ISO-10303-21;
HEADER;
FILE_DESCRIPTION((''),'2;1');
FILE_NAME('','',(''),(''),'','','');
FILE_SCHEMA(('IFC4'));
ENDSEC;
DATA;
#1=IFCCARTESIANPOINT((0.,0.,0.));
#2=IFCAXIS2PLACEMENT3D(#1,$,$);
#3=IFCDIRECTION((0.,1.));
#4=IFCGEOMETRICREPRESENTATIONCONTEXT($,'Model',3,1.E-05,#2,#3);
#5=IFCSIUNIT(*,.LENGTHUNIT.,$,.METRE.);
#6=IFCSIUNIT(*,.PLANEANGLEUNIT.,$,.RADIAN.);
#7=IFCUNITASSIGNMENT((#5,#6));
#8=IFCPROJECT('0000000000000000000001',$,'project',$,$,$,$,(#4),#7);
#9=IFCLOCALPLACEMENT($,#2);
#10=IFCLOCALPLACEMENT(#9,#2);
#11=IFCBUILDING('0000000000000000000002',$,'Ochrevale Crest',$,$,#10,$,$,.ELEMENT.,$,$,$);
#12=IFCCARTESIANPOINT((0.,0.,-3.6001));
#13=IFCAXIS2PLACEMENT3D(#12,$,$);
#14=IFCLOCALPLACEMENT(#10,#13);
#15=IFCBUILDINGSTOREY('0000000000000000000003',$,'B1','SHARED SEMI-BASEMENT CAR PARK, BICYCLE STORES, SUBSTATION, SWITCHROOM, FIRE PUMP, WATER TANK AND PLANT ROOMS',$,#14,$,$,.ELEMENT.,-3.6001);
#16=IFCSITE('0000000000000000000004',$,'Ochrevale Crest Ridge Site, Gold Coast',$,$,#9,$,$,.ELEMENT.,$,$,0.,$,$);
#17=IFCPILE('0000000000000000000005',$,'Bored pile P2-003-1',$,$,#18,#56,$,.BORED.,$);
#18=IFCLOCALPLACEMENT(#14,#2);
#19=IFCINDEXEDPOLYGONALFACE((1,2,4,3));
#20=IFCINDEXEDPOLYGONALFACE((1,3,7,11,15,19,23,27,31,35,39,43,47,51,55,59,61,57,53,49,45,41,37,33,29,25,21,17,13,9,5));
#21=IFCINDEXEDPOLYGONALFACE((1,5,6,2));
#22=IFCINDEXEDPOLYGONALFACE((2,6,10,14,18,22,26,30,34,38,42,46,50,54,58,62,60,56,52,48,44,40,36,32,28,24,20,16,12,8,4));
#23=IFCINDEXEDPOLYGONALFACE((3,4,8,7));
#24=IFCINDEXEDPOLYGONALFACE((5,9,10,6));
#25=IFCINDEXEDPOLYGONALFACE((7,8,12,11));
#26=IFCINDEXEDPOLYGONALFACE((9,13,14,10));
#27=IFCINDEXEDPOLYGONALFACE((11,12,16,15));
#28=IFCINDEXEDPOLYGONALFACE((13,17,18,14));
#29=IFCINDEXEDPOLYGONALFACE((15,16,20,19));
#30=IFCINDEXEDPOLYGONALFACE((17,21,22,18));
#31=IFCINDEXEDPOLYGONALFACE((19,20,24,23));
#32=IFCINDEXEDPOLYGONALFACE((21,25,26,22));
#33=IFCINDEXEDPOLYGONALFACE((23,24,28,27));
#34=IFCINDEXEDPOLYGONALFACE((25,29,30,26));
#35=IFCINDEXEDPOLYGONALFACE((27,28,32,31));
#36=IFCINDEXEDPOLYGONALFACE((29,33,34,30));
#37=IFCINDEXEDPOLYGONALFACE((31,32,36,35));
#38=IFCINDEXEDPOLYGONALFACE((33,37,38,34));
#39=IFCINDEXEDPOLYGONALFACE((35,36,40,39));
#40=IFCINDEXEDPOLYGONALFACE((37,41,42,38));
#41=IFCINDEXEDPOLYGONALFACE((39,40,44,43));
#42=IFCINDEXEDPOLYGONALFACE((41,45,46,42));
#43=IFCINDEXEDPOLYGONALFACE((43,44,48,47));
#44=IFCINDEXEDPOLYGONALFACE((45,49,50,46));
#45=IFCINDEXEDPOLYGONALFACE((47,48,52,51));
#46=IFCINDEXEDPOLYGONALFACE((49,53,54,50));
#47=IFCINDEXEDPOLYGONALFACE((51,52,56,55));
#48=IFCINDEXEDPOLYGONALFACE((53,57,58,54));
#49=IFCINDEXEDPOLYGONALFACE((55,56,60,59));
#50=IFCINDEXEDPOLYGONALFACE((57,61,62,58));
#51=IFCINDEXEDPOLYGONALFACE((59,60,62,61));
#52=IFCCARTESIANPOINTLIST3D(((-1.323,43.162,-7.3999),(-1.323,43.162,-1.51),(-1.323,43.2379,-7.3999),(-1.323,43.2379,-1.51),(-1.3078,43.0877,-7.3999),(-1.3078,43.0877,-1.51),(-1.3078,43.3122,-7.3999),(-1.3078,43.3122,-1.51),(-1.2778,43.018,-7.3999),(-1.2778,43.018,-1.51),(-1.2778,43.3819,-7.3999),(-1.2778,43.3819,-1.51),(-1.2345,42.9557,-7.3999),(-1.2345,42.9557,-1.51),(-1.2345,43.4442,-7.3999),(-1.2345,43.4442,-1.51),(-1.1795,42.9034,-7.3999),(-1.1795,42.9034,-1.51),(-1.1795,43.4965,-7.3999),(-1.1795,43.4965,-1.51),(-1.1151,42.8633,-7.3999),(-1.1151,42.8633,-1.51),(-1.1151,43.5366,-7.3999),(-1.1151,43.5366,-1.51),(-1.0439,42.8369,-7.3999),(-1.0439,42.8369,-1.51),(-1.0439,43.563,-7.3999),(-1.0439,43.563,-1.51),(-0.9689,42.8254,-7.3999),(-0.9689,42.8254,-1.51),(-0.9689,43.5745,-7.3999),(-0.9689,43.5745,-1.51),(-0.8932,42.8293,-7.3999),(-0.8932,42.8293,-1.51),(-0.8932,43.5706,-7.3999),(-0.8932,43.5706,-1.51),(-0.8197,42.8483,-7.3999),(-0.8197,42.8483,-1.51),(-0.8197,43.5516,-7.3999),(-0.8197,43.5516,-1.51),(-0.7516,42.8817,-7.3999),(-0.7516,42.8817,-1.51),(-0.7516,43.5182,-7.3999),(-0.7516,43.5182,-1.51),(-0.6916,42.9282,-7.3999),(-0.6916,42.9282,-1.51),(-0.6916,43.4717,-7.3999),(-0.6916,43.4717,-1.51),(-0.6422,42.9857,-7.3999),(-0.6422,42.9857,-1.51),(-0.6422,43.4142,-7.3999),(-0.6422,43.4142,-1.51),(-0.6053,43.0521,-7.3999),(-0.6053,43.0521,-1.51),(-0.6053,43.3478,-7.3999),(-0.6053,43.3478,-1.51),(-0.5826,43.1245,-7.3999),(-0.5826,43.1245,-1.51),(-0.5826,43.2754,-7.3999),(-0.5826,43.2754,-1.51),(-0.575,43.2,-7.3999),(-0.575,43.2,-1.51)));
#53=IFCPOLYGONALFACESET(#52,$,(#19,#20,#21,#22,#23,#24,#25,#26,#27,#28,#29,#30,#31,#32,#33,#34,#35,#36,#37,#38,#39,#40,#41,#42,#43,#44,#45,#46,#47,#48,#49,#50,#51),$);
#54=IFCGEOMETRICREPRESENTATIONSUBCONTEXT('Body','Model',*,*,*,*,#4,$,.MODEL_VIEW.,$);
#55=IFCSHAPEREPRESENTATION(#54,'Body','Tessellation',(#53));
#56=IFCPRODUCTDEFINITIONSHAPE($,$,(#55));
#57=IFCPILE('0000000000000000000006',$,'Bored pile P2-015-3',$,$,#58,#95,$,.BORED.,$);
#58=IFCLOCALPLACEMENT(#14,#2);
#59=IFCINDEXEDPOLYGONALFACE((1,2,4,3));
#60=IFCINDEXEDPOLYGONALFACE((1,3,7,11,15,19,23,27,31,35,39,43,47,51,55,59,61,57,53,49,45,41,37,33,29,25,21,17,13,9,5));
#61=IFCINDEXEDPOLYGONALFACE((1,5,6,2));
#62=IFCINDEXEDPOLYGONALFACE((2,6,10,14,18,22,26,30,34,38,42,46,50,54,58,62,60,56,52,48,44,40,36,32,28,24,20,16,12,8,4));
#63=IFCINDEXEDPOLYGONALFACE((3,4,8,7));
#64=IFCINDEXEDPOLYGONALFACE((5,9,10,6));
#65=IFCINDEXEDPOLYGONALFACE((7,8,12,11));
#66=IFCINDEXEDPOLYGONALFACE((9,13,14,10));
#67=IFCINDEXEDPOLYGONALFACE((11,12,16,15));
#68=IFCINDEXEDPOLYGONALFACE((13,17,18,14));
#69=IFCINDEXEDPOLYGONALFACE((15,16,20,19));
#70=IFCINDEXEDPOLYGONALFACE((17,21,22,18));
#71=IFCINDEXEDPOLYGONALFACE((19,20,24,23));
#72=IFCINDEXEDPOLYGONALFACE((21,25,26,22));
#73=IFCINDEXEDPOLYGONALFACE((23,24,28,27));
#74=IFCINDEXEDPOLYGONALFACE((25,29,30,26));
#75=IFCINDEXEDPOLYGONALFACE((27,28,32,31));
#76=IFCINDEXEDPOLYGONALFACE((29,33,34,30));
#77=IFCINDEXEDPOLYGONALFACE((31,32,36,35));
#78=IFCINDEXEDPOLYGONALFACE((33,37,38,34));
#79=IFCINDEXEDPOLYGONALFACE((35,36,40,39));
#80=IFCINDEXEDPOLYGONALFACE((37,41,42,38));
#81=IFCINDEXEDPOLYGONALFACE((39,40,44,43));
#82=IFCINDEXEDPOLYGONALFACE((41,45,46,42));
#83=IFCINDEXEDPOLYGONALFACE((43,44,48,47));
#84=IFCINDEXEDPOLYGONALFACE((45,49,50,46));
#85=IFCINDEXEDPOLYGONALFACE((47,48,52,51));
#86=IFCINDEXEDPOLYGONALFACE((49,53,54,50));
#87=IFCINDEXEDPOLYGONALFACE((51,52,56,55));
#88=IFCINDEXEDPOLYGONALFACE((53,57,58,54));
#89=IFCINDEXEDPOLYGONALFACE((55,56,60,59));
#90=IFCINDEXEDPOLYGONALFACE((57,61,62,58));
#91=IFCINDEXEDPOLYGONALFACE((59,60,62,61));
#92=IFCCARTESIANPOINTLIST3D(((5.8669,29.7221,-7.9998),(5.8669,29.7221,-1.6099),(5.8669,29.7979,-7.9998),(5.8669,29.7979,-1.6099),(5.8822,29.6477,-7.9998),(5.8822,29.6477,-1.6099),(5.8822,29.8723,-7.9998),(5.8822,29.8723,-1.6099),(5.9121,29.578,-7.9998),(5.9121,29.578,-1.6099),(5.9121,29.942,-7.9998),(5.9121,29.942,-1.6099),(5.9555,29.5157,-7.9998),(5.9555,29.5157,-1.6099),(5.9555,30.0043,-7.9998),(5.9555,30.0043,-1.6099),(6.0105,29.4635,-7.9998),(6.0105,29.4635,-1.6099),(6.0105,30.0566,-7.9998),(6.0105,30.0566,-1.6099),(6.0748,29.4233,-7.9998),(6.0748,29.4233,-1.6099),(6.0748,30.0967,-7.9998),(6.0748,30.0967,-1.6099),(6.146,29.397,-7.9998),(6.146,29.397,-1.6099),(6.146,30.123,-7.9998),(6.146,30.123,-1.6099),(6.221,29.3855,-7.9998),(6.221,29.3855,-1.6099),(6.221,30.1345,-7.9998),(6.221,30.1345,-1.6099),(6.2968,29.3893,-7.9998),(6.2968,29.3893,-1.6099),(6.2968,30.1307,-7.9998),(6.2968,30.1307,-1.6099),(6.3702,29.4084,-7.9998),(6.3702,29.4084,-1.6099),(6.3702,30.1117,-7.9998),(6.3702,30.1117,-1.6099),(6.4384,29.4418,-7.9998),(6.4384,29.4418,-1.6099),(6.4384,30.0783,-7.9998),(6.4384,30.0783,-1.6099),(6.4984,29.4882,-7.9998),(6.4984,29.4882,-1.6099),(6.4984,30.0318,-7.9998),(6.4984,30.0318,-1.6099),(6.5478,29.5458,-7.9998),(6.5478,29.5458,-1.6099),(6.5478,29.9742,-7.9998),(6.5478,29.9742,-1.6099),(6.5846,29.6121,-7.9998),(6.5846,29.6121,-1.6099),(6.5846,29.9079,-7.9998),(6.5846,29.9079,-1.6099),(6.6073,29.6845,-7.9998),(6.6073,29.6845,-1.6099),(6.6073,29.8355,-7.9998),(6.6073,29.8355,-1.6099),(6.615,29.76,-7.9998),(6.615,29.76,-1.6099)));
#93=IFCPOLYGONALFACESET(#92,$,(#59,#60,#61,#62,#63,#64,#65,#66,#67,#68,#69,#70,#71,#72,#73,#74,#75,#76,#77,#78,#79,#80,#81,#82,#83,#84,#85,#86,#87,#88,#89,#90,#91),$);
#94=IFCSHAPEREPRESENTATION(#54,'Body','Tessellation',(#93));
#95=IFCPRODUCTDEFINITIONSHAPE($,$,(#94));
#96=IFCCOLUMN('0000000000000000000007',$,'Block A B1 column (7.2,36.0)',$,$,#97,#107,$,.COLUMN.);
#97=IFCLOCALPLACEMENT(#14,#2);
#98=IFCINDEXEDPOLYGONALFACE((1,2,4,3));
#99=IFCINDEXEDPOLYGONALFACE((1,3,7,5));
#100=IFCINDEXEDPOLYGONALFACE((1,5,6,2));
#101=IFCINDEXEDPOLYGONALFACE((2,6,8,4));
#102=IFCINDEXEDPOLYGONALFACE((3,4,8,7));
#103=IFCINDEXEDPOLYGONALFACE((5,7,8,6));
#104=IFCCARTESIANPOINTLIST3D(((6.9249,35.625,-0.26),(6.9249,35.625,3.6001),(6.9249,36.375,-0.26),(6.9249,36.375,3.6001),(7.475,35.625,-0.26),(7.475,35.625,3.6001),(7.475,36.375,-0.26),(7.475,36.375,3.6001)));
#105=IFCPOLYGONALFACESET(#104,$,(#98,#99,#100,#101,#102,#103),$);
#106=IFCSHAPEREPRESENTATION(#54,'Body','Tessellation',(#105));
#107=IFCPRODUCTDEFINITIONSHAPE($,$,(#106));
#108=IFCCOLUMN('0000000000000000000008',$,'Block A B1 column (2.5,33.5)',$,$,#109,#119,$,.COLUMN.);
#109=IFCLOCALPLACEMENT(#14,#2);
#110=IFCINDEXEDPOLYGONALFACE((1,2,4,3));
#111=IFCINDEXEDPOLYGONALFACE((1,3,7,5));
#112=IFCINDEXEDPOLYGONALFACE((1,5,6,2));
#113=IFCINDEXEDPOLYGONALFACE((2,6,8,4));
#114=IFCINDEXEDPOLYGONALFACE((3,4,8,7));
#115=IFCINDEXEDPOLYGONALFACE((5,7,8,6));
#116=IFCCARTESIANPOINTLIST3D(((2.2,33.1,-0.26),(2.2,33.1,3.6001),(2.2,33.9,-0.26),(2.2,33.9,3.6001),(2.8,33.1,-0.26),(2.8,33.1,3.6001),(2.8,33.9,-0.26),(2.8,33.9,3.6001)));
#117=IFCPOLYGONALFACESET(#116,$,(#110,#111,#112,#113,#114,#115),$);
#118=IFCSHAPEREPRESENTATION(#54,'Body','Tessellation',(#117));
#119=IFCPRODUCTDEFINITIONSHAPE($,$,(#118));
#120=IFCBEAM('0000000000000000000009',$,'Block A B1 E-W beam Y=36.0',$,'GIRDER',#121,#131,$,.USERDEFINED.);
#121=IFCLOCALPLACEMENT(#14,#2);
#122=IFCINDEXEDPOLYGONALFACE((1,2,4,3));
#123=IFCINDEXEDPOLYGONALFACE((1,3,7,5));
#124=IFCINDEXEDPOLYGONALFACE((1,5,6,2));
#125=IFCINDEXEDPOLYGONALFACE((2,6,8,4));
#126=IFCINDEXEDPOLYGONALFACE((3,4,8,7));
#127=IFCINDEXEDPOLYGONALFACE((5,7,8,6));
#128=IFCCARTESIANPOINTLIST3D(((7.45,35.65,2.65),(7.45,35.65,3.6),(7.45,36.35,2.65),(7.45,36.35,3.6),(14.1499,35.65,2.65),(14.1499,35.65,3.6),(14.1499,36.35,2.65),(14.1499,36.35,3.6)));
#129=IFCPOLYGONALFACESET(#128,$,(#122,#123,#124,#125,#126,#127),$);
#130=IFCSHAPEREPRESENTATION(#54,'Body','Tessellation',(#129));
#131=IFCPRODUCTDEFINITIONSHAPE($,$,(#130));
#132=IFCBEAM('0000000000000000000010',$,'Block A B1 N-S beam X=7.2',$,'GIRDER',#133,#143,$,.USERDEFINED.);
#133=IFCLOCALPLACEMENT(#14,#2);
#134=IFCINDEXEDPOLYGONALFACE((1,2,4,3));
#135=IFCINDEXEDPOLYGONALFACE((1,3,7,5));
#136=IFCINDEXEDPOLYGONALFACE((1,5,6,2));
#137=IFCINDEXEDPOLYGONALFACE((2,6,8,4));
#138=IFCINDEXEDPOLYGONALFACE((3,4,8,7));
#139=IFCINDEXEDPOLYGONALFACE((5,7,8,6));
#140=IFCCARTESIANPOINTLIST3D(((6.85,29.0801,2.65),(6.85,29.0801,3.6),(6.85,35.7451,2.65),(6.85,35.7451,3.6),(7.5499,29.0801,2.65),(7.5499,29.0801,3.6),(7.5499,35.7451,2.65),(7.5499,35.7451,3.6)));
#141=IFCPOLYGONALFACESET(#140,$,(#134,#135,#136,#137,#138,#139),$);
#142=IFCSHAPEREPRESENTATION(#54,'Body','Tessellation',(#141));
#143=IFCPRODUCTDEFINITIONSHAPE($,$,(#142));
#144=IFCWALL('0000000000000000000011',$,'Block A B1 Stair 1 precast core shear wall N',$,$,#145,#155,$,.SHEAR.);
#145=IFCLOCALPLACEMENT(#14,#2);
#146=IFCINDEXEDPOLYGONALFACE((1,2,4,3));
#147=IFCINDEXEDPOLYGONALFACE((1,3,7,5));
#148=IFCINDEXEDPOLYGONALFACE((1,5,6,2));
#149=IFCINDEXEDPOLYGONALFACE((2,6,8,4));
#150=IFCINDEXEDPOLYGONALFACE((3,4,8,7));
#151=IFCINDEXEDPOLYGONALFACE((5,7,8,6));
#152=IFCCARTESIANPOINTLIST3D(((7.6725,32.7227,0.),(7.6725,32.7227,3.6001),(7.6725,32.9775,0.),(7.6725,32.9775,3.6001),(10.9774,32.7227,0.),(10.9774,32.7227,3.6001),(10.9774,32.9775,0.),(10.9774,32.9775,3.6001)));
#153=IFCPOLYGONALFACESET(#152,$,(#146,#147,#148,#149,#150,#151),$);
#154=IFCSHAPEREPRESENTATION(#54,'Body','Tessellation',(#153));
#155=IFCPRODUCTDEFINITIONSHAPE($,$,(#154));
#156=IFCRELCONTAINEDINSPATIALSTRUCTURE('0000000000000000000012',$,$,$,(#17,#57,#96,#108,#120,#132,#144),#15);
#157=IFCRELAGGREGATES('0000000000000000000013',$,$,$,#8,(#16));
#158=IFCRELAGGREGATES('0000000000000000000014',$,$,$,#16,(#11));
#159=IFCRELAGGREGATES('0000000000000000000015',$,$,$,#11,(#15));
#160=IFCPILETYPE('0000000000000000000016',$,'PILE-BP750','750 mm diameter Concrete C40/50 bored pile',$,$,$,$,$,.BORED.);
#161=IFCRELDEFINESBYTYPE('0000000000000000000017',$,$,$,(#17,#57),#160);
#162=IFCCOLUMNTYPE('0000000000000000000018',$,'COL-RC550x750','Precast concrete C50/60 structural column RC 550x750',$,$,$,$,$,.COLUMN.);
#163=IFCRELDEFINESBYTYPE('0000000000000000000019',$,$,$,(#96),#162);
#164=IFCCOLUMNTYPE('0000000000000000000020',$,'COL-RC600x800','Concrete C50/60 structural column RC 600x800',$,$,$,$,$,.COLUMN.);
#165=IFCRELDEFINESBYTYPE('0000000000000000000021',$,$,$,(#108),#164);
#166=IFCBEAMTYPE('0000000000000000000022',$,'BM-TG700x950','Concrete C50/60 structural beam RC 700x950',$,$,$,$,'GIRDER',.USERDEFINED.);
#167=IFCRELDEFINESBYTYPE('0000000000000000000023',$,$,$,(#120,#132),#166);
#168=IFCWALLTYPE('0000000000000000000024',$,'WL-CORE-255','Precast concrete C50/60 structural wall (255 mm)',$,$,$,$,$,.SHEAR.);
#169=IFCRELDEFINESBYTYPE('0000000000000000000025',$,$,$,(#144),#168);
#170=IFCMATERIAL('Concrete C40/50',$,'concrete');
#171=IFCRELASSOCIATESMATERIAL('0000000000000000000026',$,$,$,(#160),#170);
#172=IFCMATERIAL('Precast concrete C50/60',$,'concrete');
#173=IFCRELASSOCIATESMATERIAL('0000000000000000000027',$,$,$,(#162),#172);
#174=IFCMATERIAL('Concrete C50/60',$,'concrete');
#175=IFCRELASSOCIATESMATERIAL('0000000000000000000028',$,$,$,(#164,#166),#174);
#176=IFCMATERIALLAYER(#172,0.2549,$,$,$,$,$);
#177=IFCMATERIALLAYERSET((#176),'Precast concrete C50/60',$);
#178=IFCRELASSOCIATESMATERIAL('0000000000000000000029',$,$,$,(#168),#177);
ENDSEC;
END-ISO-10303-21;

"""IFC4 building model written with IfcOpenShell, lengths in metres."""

from ifc_helpers import new_model, si_unit, direction, frame, frame_2d, origin, origin_2d, place, context, subcontext, project, spatial, rectangle, circle, extrude, material, layer, layer_set, material_profile, profile_set, type_object, element, save


model = new_model("IFC4")

# Units and contexts
model_context = context("Model", 3, precision=1e-05, world=origin(), true_north=direction((0.0, 1.0)))
body_context = subcontext(model_context, "Body", "Model", "MODEL_VIEW")
ifc_project = project(units=[si_unit("LENGTHUNIT", "METRE"), si_unit("PLANEANGLEUNIT", "RADIAN")], contexts=[model_context])

# Site, building, storey
site_placement = place(None, origin())
site = spatial("IfcSite", under=ifc_project, at=site_placement, Name="Ochrevale Crest Ridge Site, Gold Coast", CompositionType="ELEMENT", RefElevation=0.0)
building_placement = place(site_placement, origin())
building = spatial("IfcBuilding", under=site, at=building_placement, Name="Ochrevale Crest", CompositionType="ELEMENT")
storey_placement = place(building_placement, frame((0.0, 0.0, -3.6001)))
storey = spatial("IfcBuildingStorey", under=building, at=storey_placement, Name="B1", Description="SHARED SEMI-BASEMENT CAR PARK, BICYCLE STORES, SUBSTATION, SWITCHROOM, FIRE PUMP, WATER TANK AND PLANT ROOMS", CompositionType="ELEMENT", Elevation=-3.6001)

# Shared definitions
ifc_material_1 = material(Name="Concrete C40/50", Category="concrete")

# Piles
ifc_material_profile_1 = material_profile(ifc_material_1, circle(Radius=0.375, at=origin_2d()), Name="BORED PILE 750")
ifc_profile_set_1 = profile_set([ifc_material_profile_1], Name="Concrete C40/50")
pile_type_1 = type_object("IfcPileType", Name="PILE-BP750", Description="750 mm diameter Concrete C40/50 bored pile", PredefinedType="BORED", material=ifc_profile_set_1)
pile_1_placement = place(storey_placement, frame((-0.95, 43.2, -1.51), z_axis=(0.0, 0.0, -1.0), x_axis=(1.0, 0.0, 0.0)))
element("IfcPile", 1, at=pile_1_placement, inside=storey, type_object=pile_type_1, Name="Bored pile P2-003-1", PredefinedType="BORED", context=body_context, shape_type="SweptSolid", body=[
    extrude(circle(Radius=0.375, at=origin_2d()), origin(), (0.0, 0.0, 1.0), 5.8899),
])
pile_2_placement = place(storey_placement, frame((6.24, 29.76, -1.6099), z_axis=(0.0, 0.0, -1.0), x_axis=(1.0, 0.0, 0.0)))
element("IfcPile", 2, at=pile_2_placement, inside=storey, type_object=pile_type_1, Name="Bored pile P2-015-3", PredefinedType="BORED", context=body_context, shape_type="SweptSolid", body=[
    extrude(circle(Radius=0.375, at=origin_2d()), origin(), (0.0, 0.0, 1.0), 6.3899),
])

# Columns
ifc_material_2 = material(Name="Precast concrete C50/60", Category="concrete")
ifc_material_profile_2 = material_profile(ifc_material_2, rectangle(XDim=0.55, YDim=0.75, at=origin_2d()), Name="RC 550x750")
ifc_profile_set_2 = profile_set([ifc_material_profile_2], Name="Precast concrete C50/60")
column_type_1 = type_object("IfcColumnType", Name="COL-RC550x750", Description="Precast concrete C50/60 structural column RC 550x750", PredefinedType="COLUMN", material=ifc_profile_set_2)
column_1_placement = place(storey_placement, frame((7.2, 36.0, -0.26), z_axis=(0.0, 0.0, 1.0), x_axis=(1.0, 0.0, 0.0)))
element("IfcColumn", 3, at=column_1_placement, inside=storey, type_object=column_type_1, Name="Block A B1 column (7.2,36.0)", PredefinedType="COLUMN", context=body_context, shape_type="SweptSolid", body=[
    extrude(rectangle(XDim=0.55, YDim=0.75, at=origin_2d()), origin(), (0.0, 0.0, 1.0), 3.8601),
])
ifc_material_3 = material(Name="Concrete C50/60", Category="concrete")
ifc_material_profile_3 = material_profile(ifc_material_3, rectangle(XDim=0.6001, YDim=0.8, at=origin_2d()), Name="RC 600x800")
ifc_profile_set_3 = profile_set([ifc_material_profile_3], Name="Concrete C50/60")
column_type_2 = type_object("IfcColumnType", Name="COL-RC600x800", Description="Concrete C50/60 structural column RC 600x800", PredefinedType="COLUMN", material=ifc_profile_set_3)
column_2_placement = place(storey_placement, frame((2.5, 33.5, -0.26), z_axis=(0.0, 0.0, 1.0), x_axis=(1.0, 0.0, 0.0)))
element("IfcColumn", 4, at=column_2_placement, inside=storey, type_object=column_type_2, Name="Block A B1 column (2.5,33.5)", PredefinedType="COLUMN", context=body_context, shape_type="SweptSolid", body=[
    extrude(rectangle(XDim=0.6001, YDim=0.8, at=origin_2d()), origin(), (0.0, 0.0, 1.0), 3.8601),
])

# Beams
ifc_material_profile_4 = material_profile(ifc_material_3, rectangle(XDim=0.7, YDim=0.95, at=origin_2d()), Name="RC 700x950")
ifc_profile_set_4 = profile_set([ifc_material_profile_4], Name="Concrete C50/60")
beam_type = type_object("IfcBeamType", Name="BM-TG700x950", Description="Concrete C50/60 structural beam RC 700x950", ElementType="GIRDER", PredefinedType="USERDEFINED", material=ifc_profile_set_4)
beam_1_placement = place(storey_placement, frame((7.45, 36.0, 3.125), z_axis=(1.0, 0.0, 0.0), x_axis=(0.0, 1.0, 0.0)))
element("IfcBeam", 5, at=beam_1_placement, inside=storey, type_object=beam_type, Name="Block A B1 E-W beam Y=36.0", ObjectType="GIRDER", PredefinedType="USERDEFINED", context=body_context, shape_type="SweptSolid", body=[
    extrude(rectangle(XDim=0.7, YDim=0.95, at=origin_2d()), origin(), (0.0, 0.0, 1.0), 6.7),
])
beam_2_placement = place(storey_placement, frame((7.2, 29.0801, 3.125), z_axis=(0.0, 1.0, 0.0), x_axis=(-1.0, 0.0, 0.0)))
element("IfcBeam", 6, at=beam_2_placement, inside=storey, type_object=beam_type, Name="Block A B1 N-S beam X=7.2", ObjectType="GIRDER", PredefinedType="USERDEFINED", context=body_context, shape_type="SweptSolid", body=[
    extrude(rectangle(XDim=0.7, YDim=0.95, at=origin_2d()), origin(), (0.0, 0.0, 1.0), 6.665),
])

# Wall
ifc_layer = layer(ifc_material_2, 0.2549)
ifc_layer_set = layer_set([ifc_layer], Name="Precast concrete C50/60")
wall_type = type_object("IfcWallType", Name="WL-CORE-255", Description="Precast concrete C50/60 structural wall (255 mm)", PredefinedType="SHEAR", material=ifc_layer_set)
wall_placement = place(storey_placement, frame((7.6726, 32.8501, 0.0), z_axis=(0.0, 0.0, 1.0), x_axis=(1.0, 0.0, 0.0)))
element("IfcWall", 7, at=wall_placement, inside=storey, type_object=wall_type, Name="Block A B1 Stair 1 precast core shear wall N", PredefinedType="SHEAR", context=body_context, shape_type="SweptSolid", body=[
    extrude(rectangle(XDim=3.3049, YDim=0.2549, at=frame_2d((1.6523, 0.0))), origin(), (0.0, 0.0, 1.0), 3.6001),
])

save(model, "model.ifc")
